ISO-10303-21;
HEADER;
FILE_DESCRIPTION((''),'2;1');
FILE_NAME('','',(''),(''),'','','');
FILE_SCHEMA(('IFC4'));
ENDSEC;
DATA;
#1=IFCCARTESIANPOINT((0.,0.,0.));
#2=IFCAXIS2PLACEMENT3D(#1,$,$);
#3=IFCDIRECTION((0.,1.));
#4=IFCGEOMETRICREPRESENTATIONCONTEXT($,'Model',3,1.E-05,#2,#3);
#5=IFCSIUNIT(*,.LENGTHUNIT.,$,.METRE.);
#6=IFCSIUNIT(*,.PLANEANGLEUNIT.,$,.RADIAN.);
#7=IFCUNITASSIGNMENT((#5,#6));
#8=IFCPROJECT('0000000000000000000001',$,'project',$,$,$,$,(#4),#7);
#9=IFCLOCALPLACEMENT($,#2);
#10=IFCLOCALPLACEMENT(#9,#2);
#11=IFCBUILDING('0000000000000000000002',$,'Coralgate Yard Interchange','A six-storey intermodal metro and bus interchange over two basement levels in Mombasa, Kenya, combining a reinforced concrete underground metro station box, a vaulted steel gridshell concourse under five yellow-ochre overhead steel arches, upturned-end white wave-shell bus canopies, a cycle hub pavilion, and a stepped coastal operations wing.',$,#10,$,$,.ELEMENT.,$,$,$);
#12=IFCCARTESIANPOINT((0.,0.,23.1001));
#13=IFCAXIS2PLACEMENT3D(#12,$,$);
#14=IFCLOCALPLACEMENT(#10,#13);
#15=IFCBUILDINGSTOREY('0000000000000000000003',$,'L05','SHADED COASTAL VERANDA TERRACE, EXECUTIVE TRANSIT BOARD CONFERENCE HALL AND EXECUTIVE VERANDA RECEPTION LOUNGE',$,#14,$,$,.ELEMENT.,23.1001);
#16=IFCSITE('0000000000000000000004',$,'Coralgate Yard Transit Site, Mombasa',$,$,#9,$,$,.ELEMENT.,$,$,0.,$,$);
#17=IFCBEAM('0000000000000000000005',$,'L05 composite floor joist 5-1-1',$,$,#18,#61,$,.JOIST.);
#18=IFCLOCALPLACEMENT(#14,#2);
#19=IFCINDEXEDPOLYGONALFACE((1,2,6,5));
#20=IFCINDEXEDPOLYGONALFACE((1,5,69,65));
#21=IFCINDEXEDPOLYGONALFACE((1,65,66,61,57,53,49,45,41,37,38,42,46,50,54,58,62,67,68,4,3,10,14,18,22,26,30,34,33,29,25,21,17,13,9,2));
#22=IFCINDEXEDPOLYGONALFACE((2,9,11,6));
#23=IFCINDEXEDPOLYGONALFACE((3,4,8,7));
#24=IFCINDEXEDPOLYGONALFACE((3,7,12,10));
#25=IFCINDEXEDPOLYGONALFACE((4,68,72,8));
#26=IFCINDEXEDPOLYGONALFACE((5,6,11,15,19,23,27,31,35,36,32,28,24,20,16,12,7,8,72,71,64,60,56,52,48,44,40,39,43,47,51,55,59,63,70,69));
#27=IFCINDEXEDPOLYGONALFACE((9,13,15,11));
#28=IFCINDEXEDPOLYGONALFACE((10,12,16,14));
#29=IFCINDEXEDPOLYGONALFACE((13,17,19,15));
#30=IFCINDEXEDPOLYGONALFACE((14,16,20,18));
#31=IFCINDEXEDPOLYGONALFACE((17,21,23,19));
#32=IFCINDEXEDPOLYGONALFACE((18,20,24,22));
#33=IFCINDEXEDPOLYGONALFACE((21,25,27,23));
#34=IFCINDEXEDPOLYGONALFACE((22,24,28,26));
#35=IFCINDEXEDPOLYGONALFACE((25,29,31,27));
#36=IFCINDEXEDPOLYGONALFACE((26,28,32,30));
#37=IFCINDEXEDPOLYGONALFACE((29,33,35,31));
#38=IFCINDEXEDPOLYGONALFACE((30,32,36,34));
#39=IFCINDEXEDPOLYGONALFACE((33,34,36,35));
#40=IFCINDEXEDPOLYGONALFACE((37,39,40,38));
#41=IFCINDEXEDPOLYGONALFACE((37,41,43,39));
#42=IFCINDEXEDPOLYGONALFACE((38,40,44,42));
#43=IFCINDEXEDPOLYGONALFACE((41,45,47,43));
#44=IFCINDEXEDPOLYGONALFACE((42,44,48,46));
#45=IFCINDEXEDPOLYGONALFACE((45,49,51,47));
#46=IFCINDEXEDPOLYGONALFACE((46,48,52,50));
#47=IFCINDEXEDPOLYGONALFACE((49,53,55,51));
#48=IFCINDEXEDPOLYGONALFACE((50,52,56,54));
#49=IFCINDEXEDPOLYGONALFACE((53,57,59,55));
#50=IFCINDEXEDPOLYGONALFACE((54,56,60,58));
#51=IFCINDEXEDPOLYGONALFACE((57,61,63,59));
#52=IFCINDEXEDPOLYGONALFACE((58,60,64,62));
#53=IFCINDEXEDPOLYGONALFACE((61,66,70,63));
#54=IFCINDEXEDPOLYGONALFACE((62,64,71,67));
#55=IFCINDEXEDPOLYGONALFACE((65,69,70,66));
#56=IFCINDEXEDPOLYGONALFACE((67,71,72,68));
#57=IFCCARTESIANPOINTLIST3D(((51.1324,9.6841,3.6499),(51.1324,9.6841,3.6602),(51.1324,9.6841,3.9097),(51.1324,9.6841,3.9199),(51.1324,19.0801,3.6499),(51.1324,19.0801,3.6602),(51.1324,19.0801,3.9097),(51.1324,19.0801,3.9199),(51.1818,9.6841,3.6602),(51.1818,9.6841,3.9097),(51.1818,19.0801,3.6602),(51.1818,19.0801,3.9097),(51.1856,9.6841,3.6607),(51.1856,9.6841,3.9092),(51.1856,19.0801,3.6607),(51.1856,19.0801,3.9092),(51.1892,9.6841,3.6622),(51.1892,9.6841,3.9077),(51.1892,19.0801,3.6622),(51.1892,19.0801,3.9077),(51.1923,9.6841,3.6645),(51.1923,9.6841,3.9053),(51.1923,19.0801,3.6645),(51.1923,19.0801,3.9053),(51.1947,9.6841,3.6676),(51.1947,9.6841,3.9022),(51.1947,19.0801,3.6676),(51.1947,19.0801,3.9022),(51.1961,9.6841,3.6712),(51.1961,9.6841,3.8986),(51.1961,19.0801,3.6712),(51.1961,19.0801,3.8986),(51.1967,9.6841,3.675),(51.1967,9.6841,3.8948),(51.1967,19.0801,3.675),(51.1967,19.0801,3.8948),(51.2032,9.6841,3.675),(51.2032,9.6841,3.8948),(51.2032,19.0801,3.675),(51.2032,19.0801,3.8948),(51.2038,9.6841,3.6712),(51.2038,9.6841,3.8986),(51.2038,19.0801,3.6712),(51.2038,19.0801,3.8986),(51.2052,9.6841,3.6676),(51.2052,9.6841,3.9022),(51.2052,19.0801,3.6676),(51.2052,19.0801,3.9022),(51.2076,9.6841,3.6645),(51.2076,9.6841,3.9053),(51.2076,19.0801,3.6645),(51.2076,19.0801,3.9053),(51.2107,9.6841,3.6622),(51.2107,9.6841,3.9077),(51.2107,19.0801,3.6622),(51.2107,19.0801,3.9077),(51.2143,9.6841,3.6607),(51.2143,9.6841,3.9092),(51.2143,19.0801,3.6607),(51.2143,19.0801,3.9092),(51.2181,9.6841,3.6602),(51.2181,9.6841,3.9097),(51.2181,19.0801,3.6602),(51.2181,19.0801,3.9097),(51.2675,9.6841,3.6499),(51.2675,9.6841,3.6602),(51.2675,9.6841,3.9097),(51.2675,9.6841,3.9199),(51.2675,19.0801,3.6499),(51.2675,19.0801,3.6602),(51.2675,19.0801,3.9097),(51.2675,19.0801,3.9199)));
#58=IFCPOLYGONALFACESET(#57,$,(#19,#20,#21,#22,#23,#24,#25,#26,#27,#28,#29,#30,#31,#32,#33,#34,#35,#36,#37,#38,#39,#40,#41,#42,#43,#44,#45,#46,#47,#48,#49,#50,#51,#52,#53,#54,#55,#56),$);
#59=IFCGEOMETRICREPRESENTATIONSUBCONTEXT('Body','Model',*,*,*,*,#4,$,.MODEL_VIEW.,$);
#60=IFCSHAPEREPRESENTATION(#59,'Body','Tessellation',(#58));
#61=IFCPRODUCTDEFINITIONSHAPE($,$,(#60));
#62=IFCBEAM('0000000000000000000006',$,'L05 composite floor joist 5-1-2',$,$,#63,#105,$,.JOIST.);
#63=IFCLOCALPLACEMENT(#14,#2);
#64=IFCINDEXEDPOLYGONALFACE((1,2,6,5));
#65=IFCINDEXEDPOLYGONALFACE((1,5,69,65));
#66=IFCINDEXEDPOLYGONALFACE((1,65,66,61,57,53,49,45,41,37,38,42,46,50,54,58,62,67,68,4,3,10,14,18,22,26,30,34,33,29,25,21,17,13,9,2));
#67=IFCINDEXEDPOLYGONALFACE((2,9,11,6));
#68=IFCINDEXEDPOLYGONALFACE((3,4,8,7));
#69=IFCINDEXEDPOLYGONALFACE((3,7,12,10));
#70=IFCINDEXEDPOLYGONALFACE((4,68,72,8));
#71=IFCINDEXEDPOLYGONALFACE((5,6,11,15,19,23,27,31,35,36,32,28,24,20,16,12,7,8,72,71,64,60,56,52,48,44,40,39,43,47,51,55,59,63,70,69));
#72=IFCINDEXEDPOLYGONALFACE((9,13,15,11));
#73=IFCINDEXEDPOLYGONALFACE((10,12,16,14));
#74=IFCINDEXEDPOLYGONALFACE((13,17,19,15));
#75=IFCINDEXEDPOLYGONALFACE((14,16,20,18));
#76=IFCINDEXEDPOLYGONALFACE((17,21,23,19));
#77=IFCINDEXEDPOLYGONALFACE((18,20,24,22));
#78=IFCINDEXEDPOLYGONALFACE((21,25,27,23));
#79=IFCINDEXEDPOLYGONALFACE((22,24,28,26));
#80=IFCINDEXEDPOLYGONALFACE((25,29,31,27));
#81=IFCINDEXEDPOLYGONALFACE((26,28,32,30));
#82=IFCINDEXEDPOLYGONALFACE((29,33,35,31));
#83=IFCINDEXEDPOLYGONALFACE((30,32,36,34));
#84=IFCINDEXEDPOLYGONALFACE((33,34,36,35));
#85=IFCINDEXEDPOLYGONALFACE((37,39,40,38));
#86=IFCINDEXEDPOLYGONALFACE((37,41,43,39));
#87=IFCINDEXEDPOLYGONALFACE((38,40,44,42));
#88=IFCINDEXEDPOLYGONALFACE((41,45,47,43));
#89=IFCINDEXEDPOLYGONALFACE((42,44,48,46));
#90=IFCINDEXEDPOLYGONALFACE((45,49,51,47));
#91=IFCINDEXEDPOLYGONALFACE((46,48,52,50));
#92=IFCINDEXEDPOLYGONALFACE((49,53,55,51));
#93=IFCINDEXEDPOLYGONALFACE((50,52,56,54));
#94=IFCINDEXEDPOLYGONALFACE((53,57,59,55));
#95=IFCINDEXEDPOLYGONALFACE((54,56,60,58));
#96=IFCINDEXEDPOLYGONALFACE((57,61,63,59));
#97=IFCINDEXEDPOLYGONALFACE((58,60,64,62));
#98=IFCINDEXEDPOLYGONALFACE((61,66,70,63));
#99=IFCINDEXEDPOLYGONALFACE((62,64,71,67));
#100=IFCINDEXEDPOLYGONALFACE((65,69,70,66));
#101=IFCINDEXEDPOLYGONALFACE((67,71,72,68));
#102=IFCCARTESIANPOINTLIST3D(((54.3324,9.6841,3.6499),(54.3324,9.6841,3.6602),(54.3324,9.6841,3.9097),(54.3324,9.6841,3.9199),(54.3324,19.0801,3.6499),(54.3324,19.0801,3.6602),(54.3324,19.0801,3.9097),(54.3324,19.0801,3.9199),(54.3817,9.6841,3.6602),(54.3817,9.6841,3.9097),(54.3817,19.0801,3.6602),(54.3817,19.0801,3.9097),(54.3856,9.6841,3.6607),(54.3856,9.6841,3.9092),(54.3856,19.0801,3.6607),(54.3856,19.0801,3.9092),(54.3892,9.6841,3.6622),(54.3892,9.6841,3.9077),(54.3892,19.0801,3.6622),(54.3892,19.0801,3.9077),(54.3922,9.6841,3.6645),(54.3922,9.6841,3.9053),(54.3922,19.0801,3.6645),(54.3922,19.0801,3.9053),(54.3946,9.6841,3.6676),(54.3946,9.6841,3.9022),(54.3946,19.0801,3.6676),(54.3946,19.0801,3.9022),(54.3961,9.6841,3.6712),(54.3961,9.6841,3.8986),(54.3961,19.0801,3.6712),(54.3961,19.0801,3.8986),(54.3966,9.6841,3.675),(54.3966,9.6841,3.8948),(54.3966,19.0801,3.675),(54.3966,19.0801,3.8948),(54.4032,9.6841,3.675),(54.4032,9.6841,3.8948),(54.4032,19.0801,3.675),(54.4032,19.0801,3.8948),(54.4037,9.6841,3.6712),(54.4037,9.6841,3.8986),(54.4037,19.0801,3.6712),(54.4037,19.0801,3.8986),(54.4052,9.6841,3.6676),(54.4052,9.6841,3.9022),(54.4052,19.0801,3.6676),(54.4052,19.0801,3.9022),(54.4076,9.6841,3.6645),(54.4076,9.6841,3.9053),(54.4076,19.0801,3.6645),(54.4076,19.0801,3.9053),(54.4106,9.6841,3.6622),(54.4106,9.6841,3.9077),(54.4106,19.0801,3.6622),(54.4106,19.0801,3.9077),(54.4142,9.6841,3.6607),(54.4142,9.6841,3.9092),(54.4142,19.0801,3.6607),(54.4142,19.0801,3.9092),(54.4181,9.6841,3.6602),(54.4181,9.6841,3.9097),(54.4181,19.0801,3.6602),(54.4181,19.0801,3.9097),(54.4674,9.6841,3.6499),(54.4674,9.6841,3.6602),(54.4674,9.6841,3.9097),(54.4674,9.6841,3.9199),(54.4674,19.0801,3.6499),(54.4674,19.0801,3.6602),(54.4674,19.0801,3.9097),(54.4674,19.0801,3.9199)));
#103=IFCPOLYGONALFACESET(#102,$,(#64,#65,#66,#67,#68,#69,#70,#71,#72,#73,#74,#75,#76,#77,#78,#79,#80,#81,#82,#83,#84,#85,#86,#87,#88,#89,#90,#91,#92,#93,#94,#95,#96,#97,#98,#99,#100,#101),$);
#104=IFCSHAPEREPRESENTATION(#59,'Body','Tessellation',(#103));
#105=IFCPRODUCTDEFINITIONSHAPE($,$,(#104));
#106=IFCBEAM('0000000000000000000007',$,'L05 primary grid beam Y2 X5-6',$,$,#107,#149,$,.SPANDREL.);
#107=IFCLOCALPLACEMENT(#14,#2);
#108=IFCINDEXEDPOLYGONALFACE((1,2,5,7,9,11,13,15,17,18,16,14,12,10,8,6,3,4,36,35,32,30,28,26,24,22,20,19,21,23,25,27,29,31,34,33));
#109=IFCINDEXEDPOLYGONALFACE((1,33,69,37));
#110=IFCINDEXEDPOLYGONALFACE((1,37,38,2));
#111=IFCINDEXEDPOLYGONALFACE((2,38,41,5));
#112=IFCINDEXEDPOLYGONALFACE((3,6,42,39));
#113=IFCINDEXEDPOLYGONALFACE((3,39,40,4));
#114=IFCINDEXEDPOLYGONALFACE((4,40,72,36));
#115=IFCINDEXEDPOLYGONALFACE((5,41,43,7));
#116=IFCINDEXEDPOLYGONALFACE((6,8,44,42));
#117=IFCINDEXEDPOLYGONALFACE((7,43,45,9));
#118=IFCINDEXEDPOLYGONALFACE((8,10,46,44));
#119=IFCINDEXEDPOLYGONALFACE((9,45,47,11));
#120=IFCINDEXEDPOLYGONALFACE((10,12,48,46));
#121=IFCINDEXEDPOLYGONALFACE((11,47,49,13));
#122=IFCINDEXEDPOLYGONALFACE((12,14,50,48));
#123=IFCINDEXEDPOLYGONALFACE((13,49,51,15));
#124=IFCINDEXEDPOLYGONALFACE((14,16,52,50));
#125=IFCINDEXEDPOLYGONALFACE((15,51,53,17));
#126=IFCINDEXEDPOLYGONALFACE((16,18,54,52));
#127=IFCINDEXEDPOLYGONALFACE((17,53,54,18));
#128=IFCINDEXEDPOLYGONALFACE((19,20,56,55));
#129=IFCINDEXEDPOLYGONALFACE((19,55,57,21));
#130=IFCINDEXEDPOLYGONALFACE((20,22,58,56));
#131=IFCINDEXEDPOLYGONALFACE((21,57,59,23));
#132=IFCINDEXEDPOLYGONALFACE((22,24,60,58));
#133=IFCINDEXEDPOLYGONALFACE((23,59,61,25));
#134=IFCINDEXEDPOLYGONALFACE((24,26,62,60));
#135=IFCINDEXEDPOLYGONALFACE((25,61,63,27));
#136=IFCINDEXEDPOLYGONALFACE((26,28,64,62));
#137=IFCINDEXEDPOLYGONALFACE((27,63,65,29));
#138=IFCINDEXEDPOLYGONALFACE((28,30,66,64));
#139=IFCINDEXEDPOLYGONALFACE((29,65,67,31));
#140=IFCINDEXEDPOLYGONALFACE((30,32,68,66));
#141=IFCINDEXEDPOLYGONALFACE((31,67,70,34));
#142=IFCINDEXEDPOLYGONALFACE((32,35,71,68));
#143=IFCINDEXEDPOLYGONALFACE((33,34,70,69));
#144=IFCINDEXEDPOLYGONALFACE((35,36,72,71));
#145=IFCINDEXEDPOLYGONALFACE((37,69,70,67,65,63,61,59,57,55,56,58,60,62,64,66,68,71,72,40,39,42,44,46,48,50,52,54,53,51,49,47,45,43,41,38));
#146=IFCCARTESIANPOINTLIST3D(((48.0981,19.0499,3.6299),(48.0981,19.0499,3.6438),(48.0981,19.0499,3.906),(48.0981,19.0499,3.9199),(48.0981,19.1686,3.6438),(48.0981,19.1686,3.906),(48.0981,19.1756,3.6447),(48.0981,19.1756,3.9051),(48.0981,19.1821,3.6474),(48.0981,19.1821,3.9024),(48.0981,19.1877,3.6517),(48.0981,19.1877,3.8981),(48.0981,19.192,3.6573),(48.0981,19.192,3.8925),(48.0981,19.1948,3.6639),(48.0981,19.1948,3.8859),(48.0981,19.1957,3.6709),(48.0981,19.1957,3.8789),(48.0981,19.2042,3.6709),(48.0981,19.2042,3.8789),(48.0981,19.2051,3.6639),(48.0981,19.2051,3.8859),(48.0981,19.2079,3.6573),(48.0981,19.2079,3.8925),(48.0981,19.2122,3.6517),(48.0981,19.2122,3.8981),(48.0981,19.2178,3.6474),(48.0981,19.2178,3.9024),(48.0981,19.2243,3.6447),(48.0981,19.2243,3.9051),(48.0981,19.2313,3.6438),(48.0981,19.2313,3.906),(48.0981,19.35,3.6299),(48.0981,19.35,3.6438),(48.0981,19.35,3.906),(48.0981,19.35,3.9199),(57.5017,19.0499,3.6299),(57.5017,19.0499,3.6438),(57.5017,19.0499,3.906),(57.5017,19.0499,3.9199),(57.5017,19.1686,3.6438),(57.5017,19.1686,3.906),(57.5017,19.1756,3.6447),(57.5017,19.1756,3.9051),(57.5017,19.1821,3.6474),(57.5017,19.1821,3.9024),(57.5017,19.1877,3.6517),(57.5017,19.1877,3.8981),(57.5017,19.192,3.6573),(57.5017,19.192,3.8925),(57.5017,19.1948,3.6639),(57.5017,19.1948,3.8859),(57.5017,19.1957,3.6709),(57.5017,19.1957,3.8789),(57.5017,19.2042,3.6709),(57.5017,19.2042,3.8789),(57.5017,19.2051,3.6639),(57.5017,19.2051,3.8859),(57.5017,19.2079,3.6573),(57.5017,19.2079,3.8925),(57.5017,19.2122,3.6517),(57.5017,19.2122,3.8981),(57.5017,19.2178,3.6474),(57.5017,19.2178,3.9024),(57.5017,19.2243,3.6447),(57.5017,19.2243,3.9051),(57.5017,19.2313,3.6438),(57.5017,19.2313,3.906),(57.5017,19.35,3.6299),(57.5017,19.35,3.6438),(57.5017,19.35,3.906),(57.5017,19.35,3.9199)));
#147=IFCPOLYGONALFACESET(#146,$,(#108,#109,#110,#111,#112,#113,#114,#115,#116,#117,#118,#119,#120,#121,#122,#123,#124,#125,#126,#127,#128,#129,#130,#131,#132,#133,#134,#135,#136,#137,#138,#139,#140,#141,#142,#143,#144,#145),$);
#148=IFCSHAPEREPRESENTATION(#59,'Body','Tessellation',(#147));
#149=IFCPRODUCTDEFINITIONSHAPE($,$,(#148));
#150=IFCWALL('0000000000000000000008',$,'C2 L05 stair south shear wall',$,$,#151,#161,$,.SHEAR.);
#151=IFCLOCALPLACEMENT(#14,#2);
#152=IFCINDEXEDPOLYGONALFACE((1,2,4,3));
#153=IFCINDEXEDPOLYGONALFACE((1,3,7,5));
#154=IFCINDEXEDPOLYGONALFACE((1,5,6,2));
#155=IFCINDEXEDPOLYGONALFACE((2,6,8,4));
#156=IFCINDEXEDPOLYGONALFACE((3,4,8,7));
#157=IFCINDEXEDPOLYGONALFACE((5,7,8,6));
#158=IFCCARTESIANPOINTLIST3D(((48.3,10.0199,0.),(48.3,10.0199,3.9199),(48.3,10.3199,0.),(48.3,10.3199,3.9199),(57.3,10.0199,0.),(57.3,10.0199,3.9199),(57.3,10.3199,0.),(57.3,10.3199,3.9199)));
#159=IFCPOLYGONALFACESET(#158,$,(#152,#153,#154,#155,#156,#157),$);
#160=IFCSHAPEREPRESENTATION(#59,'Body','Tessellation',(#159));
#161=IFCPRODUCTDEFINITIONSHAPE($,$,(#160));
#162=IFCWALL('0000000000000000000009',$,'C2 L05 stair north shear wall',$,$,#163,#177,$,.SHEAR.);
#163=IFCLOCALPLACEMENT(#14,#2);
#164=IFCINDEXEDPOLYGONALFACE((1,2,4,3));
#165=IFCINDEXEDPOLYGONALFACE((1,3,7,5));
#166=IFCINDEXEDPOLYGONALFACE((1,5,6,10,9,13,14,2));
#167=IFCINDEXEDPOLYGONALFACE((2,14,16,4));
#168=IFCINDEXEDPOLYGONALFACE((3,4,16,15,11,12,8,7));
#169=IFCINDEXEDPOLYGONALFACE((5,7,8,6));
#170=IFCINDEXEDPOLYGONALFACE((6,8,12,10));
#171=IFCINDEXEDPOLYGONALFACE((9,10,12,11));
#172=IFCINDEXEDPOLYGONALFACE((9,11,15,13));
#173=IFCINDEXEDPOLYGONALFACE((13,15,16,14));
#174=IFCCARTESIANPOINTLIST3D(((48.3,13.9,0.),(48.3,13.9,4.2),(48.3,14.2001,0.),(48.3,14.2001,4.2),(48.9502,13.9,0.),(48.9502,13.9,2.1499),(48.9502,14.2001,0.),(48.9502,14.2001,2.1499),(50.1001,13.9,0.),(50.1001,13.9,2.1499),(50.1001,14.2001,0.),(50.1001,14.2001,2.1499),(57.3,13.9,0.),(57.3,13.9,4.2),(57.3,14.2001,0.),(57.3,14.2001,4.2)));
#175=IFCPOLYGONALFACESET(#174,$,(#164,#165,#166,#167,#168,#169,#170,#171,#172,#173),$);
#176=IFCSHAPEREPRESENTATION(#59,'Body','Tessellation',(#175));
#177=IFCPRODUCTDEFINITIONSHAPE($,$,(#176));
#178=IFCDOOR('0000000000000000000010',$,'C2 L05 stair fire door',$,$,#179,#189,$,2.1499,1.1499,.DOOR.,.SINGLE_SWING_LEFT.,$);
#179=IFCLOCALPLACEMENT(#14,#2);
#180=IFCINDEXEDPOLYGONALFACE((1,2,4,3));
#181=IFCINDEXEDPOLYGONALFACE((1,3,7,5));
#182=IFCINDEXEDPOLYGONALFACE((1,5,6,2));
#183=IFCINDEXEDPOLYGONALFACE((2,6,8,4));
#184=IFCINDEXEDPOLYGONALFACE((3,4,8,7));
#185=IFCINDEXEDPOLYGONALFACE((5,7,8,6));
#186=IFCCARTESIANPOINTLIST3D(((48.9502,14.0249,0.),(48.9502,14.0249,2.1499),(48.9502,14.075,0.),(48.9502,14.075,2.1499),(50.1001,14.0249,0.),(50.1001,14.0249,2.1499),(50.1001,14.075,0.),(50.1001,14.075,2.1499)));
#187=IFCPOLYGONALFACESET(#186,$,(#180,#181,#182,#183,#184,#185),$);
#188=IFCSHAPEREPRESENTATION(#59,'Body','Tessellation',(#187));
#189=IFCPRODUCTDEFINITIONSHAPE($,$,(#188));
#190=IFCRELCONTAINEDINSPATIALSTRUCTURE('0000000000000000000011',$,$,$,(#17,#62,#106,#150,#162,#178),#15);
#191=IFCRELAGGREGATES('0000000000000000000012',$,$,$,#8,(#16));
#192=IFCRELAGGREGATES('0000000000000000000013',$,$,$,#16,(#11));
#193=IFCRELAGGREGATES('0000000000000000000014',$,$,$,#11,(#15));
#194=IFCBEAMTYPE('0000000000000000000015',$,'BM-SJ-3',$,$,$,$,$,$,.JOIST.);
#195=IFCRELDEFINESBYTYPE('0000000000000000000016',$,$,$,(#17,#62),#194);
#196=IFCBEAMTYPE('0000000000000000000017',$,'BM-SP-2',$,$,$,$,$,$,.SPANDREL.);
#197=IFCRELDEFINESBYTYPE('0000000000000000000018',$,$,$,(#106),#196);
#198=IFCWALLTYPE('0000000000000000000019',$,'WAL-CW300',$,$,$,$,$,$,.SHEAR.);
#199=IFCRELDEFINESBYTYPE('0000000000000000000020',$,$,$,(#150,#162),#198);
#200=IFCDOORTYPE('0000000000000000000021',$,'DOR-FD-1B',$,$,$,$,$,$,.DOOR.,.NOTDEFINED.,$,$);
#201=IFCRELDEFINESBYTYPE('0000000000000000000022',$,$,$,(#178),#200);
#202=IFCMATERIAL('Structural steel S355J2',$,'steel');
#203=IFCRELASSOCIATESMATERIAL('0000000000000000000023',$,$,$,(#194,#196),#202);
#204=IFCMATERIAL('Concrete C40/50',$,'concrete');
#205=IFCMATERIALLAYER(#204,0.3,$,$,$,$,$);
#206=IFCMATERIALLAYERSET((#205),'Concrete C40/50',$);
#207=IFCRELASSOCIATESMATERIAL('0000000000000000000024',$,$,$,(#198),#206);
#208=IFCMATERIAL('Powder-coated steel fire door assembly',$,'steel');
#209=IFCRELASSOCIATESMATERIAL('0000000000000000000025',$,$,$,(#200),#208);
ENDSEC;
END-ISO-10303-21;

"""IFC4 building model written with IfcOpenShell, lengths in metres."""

from ifc_helpers import new_model, si_unit, direction, frame, frame_2d, origin, origin_2d, place, context, subcontext, project, spatial, rectangle, i_section, extrude, material, layer, layer_set, material_profile, profile_set, type_object, element, fill, save


model = new_model("IFC4")

# Units and contexts
model_context = context("Model", 3, precision=1e-05, world=origin(), true_north=direction((0.0, 1.0)))
body_context = subcontext(model_context, "Body", "Model", "MODEL_VIEW")
ifc_project = project(units=[si_unit("LENGTHUNIT", "METRE"), si_unit("PLANEANGLEUNIT", "RADIAN")], contexts=[model_context])

# Site, building, storey
site_placement = place(None, origin())
site = spatial("IfcSite", under=ifc_project, at=site_placement, Name="Coralgate Yard Transit Site, Mombasa", CompositionType="ELEMENT", RefElevation=0.0)
building_placement = place(site_placement, origin())
building = spatial("IfcBuilding", under=site, at=building_placement, Name="Coralgate Yard Interchange", Description="A six-storey intermodal metro and bus interchange over two basement levels in Mombasa, Kenya, combining a reinforced concrete underground metro station box, a vaulted steel gridshell concourse under five yellow-ochre overhead steel arches, upturned-end white wave-shell bus canopies, a cycle hub pavilion, and a stepped coastal operations wing.", CompositionType="ELEMENT")
storey_placement = place(building_placement, frame((0.0, 0.0, 23.1001)))
storey = spatial("IfcBuildingStorey", under=building, at=storey_placement, Name="L05", Description="SHADED COASTAL VERANDA TERRACE, EXECUTIVE TRANSIT BOARD CONFERENCE HALL AND EXECUTIVE VERANDA RECEPTION LOUNGE", CompositionType="ELEMENT", Elevation=23.1001)

# Shared definitions
ifc_material_1 = material(Name="Structural steel S355J2", Category="steel")

# Beams
ifc_material_profile_1 = material_profile(ifc_material_1, i_section(OverallWidth=0.135, OverallDepth=0.27, WebThickness=0.0066, FlangeThickness=0.0103, FilletRadius=0.0149, at=origin_2d()), Name="IPE 270")
ifc_profile_set_1 = profile_set([ifc_material_profile_1], Name="Structural steel S355J2")
beam_type_1 = type_object("IfcBeamType", Name="BM-SJ-3", PredefinedType="JOIST", material=ifc_profile_set_1)
for number, where, z_axis, x_axis, name in (
    (1, (51.2, 9.6841, 3.7849), (0.0, 1.0, 0.0), (-1.0, 0.0, 0.0), "L05 composite floor joist 5-1-1"),
    (2, (54.3999, 9.6841, 3.7849), (0.0, 1.0, 0.0), (-1.0, 0.0, 0.0), "L05 composite floor joist 5-1-2"),
):
    element("IfcBeam", number, at=place(storey_placement, frame(where, z_axis=z_axis, x_axis=x_axis)), inside=storey, type_object=beam_type_1, Name=name, PredefinedType="JOIST", context=body_context, shape_type="SweptSolid", body=[
        extrude(i_section(OverallWidth=0.135, OverallDepth=0.27, WebThickness=0.0066, FlangeThickness=0.0103, FilletRadius=0.0149, at=origin_2d()), origin(), (0.0, 0.0, 1.0), 9.396),
    ])
ifc_material_profile_2 = material_profile(ifc_material_1, i_section(OverallWidth=0.3, OverallDepth=0.29, WebThickness=0.0085, FlangeThickness=0.0139, FilletRadius=0.0271, at=origin_2d()), Name="HEA 300")
ifc_profile_set_2 = profile_set([ifc_material_profile_2], Name="Structural steel S355J2")
beam_type_2 = type_object("IfcBeamType", Name="BM-SP-2", PredefinedType="SPANDREL", material=ifc_profile_set_2)
beam_1_placement = place(storey_placement, frame((48.0981, 19.2, 3.7749), z_axis=(1.0, 0.0, 0.0), x_axis=(0.0, 1.0, 0.0)))
element("IfcBeam", 3, at=beam_1_placement, inside=storey, type_object=beam_type_2, Name="L05 primary grid beam Y2 X5-6", PredefinedType="SPANDREL", context=body_context, shape_type="SweptSolid", body=[
    extrude(i_section(OverallWidth=0.3, OverallDepth=0.29, WebThickness=0.0085, FlangeThickness=0.0139, FilletRadius=0.0271, at=origin_2d()), origin(), (0.0, 0.0, 1.0), 9.4036),
])

# Wall
ifc_material_2 = material(Name="Concrete C40/50", Category="concrete")
ifc_layer_1 = layer(ifc_material_2, 0.3)
ifc_layer_set_1 = layer_set([ifc_layer_1], Name="Concrete C40/50")
wall_type_1 = type_object("IfcWallType", Name="WAL-CW300", PredefinedType="SHEAR", material=ifc_layer_set_1)
wall_1_placement = place(storey_placement, frame((48.3, 10.1699, 0.0), z_axis=(0.0, 0.0, 1.0), x_axis=(1.0, 0.0, 0.0)))
element("IfcWall", 4, at=wall_1_placement, inside=storey, type_object=wall_type_1, Name="C2 L05 stair south shear wall", PredefinedType="SHEAR", context=body_context, shape_type="SweptSolid", body=[
    extrude(rectangle(XDim=9.0, YDim=0.3, at=frame_2d((4.5, 0.0))), origin(), (0.0, 0.0, 1.0), 3.9199),
])

# Wall, opening, door
wall_2_placement = place(storey_placement, frame((57.3, 14.05, 0.0), z_axis=(0.0, 0.0, 1.0), x_axis=(-1.0, 0.0, 0.0)))
wall_2 = element("IfcWall", 5, at=wall_2_placement, inside=storey, type_object=wall_type_1, Name="C2 L05 stair north shear wall", PredefinedType="SHEAR", context=body_context, shape_type="SweptSolid", body=[
    extrude(rectangle(XDim=9.0, YDim=0.3, at=frame_2d((4.5, 0.0))), origin(), (0.0, 0.0, 1.0), 4.2),
])
opening_1_placement = place(wall_2_placement, frame((7.2, 0.0, 0.0)))
opening_1 = element("IfcOpeningElement", 6, at=opening_1_placement, cuts=wall_2, PredefinedType="OPENING", context=body_context, shape_type="SweptSolid", body=[
    extrude(rectangle(XDim=1.1499, YDim=2.1499, at=frame_2d((0.575, 1.075))), frame((0.0, 0.1599, 0.0), z_axis=(0.0, -1.0, 0.0), x_axis=(1.0, 0.0, 0.0)), (0.0, 0.0, 1.0), 0.3201),
])
ifc_material_3 = material(Name="Powder-coated steel fire door assembly", Category="steel")
door_type_1 = type_object("IfcDoorType", Name="DOR-FD-1B", OperationType="NOTDEFINED", PredefinedType="DOOR", material=ifc_material_3)
door_1_placement = place(opening_1_placement, frame((1.1499, 0.0, 0.0), z_axis=(0.0, 0.0, 1.0), x_axis=(-1.0, 0.0, 0.0)))
door_1 = element("IfcDoor", 7, at=door_1_placement, inside=storey, type_object=door_type_1, Name="C2 L05 stair fire door", OperationType="SINGLE_SWING_LEFT", OverallHeight=2.1499, OverallWidth=1.1499, PredefinedType="DOOR", context=body_context, shape_type="SweptSolid", body=[
    extrude(rectangle(XDim=1.1499, YDim=2.1499, at=frame_2d((0.575, 1.075))), frame((0.0, 0.0249, 0.0), z_axis=(0.0, -1.0, 0.0), x_axis=(1.0, 0.0, 0.0)), (0.0, 0.0, 1.0), 0.05),
])
fill(opening_1, door_1)

save(model, "model.ifc")
